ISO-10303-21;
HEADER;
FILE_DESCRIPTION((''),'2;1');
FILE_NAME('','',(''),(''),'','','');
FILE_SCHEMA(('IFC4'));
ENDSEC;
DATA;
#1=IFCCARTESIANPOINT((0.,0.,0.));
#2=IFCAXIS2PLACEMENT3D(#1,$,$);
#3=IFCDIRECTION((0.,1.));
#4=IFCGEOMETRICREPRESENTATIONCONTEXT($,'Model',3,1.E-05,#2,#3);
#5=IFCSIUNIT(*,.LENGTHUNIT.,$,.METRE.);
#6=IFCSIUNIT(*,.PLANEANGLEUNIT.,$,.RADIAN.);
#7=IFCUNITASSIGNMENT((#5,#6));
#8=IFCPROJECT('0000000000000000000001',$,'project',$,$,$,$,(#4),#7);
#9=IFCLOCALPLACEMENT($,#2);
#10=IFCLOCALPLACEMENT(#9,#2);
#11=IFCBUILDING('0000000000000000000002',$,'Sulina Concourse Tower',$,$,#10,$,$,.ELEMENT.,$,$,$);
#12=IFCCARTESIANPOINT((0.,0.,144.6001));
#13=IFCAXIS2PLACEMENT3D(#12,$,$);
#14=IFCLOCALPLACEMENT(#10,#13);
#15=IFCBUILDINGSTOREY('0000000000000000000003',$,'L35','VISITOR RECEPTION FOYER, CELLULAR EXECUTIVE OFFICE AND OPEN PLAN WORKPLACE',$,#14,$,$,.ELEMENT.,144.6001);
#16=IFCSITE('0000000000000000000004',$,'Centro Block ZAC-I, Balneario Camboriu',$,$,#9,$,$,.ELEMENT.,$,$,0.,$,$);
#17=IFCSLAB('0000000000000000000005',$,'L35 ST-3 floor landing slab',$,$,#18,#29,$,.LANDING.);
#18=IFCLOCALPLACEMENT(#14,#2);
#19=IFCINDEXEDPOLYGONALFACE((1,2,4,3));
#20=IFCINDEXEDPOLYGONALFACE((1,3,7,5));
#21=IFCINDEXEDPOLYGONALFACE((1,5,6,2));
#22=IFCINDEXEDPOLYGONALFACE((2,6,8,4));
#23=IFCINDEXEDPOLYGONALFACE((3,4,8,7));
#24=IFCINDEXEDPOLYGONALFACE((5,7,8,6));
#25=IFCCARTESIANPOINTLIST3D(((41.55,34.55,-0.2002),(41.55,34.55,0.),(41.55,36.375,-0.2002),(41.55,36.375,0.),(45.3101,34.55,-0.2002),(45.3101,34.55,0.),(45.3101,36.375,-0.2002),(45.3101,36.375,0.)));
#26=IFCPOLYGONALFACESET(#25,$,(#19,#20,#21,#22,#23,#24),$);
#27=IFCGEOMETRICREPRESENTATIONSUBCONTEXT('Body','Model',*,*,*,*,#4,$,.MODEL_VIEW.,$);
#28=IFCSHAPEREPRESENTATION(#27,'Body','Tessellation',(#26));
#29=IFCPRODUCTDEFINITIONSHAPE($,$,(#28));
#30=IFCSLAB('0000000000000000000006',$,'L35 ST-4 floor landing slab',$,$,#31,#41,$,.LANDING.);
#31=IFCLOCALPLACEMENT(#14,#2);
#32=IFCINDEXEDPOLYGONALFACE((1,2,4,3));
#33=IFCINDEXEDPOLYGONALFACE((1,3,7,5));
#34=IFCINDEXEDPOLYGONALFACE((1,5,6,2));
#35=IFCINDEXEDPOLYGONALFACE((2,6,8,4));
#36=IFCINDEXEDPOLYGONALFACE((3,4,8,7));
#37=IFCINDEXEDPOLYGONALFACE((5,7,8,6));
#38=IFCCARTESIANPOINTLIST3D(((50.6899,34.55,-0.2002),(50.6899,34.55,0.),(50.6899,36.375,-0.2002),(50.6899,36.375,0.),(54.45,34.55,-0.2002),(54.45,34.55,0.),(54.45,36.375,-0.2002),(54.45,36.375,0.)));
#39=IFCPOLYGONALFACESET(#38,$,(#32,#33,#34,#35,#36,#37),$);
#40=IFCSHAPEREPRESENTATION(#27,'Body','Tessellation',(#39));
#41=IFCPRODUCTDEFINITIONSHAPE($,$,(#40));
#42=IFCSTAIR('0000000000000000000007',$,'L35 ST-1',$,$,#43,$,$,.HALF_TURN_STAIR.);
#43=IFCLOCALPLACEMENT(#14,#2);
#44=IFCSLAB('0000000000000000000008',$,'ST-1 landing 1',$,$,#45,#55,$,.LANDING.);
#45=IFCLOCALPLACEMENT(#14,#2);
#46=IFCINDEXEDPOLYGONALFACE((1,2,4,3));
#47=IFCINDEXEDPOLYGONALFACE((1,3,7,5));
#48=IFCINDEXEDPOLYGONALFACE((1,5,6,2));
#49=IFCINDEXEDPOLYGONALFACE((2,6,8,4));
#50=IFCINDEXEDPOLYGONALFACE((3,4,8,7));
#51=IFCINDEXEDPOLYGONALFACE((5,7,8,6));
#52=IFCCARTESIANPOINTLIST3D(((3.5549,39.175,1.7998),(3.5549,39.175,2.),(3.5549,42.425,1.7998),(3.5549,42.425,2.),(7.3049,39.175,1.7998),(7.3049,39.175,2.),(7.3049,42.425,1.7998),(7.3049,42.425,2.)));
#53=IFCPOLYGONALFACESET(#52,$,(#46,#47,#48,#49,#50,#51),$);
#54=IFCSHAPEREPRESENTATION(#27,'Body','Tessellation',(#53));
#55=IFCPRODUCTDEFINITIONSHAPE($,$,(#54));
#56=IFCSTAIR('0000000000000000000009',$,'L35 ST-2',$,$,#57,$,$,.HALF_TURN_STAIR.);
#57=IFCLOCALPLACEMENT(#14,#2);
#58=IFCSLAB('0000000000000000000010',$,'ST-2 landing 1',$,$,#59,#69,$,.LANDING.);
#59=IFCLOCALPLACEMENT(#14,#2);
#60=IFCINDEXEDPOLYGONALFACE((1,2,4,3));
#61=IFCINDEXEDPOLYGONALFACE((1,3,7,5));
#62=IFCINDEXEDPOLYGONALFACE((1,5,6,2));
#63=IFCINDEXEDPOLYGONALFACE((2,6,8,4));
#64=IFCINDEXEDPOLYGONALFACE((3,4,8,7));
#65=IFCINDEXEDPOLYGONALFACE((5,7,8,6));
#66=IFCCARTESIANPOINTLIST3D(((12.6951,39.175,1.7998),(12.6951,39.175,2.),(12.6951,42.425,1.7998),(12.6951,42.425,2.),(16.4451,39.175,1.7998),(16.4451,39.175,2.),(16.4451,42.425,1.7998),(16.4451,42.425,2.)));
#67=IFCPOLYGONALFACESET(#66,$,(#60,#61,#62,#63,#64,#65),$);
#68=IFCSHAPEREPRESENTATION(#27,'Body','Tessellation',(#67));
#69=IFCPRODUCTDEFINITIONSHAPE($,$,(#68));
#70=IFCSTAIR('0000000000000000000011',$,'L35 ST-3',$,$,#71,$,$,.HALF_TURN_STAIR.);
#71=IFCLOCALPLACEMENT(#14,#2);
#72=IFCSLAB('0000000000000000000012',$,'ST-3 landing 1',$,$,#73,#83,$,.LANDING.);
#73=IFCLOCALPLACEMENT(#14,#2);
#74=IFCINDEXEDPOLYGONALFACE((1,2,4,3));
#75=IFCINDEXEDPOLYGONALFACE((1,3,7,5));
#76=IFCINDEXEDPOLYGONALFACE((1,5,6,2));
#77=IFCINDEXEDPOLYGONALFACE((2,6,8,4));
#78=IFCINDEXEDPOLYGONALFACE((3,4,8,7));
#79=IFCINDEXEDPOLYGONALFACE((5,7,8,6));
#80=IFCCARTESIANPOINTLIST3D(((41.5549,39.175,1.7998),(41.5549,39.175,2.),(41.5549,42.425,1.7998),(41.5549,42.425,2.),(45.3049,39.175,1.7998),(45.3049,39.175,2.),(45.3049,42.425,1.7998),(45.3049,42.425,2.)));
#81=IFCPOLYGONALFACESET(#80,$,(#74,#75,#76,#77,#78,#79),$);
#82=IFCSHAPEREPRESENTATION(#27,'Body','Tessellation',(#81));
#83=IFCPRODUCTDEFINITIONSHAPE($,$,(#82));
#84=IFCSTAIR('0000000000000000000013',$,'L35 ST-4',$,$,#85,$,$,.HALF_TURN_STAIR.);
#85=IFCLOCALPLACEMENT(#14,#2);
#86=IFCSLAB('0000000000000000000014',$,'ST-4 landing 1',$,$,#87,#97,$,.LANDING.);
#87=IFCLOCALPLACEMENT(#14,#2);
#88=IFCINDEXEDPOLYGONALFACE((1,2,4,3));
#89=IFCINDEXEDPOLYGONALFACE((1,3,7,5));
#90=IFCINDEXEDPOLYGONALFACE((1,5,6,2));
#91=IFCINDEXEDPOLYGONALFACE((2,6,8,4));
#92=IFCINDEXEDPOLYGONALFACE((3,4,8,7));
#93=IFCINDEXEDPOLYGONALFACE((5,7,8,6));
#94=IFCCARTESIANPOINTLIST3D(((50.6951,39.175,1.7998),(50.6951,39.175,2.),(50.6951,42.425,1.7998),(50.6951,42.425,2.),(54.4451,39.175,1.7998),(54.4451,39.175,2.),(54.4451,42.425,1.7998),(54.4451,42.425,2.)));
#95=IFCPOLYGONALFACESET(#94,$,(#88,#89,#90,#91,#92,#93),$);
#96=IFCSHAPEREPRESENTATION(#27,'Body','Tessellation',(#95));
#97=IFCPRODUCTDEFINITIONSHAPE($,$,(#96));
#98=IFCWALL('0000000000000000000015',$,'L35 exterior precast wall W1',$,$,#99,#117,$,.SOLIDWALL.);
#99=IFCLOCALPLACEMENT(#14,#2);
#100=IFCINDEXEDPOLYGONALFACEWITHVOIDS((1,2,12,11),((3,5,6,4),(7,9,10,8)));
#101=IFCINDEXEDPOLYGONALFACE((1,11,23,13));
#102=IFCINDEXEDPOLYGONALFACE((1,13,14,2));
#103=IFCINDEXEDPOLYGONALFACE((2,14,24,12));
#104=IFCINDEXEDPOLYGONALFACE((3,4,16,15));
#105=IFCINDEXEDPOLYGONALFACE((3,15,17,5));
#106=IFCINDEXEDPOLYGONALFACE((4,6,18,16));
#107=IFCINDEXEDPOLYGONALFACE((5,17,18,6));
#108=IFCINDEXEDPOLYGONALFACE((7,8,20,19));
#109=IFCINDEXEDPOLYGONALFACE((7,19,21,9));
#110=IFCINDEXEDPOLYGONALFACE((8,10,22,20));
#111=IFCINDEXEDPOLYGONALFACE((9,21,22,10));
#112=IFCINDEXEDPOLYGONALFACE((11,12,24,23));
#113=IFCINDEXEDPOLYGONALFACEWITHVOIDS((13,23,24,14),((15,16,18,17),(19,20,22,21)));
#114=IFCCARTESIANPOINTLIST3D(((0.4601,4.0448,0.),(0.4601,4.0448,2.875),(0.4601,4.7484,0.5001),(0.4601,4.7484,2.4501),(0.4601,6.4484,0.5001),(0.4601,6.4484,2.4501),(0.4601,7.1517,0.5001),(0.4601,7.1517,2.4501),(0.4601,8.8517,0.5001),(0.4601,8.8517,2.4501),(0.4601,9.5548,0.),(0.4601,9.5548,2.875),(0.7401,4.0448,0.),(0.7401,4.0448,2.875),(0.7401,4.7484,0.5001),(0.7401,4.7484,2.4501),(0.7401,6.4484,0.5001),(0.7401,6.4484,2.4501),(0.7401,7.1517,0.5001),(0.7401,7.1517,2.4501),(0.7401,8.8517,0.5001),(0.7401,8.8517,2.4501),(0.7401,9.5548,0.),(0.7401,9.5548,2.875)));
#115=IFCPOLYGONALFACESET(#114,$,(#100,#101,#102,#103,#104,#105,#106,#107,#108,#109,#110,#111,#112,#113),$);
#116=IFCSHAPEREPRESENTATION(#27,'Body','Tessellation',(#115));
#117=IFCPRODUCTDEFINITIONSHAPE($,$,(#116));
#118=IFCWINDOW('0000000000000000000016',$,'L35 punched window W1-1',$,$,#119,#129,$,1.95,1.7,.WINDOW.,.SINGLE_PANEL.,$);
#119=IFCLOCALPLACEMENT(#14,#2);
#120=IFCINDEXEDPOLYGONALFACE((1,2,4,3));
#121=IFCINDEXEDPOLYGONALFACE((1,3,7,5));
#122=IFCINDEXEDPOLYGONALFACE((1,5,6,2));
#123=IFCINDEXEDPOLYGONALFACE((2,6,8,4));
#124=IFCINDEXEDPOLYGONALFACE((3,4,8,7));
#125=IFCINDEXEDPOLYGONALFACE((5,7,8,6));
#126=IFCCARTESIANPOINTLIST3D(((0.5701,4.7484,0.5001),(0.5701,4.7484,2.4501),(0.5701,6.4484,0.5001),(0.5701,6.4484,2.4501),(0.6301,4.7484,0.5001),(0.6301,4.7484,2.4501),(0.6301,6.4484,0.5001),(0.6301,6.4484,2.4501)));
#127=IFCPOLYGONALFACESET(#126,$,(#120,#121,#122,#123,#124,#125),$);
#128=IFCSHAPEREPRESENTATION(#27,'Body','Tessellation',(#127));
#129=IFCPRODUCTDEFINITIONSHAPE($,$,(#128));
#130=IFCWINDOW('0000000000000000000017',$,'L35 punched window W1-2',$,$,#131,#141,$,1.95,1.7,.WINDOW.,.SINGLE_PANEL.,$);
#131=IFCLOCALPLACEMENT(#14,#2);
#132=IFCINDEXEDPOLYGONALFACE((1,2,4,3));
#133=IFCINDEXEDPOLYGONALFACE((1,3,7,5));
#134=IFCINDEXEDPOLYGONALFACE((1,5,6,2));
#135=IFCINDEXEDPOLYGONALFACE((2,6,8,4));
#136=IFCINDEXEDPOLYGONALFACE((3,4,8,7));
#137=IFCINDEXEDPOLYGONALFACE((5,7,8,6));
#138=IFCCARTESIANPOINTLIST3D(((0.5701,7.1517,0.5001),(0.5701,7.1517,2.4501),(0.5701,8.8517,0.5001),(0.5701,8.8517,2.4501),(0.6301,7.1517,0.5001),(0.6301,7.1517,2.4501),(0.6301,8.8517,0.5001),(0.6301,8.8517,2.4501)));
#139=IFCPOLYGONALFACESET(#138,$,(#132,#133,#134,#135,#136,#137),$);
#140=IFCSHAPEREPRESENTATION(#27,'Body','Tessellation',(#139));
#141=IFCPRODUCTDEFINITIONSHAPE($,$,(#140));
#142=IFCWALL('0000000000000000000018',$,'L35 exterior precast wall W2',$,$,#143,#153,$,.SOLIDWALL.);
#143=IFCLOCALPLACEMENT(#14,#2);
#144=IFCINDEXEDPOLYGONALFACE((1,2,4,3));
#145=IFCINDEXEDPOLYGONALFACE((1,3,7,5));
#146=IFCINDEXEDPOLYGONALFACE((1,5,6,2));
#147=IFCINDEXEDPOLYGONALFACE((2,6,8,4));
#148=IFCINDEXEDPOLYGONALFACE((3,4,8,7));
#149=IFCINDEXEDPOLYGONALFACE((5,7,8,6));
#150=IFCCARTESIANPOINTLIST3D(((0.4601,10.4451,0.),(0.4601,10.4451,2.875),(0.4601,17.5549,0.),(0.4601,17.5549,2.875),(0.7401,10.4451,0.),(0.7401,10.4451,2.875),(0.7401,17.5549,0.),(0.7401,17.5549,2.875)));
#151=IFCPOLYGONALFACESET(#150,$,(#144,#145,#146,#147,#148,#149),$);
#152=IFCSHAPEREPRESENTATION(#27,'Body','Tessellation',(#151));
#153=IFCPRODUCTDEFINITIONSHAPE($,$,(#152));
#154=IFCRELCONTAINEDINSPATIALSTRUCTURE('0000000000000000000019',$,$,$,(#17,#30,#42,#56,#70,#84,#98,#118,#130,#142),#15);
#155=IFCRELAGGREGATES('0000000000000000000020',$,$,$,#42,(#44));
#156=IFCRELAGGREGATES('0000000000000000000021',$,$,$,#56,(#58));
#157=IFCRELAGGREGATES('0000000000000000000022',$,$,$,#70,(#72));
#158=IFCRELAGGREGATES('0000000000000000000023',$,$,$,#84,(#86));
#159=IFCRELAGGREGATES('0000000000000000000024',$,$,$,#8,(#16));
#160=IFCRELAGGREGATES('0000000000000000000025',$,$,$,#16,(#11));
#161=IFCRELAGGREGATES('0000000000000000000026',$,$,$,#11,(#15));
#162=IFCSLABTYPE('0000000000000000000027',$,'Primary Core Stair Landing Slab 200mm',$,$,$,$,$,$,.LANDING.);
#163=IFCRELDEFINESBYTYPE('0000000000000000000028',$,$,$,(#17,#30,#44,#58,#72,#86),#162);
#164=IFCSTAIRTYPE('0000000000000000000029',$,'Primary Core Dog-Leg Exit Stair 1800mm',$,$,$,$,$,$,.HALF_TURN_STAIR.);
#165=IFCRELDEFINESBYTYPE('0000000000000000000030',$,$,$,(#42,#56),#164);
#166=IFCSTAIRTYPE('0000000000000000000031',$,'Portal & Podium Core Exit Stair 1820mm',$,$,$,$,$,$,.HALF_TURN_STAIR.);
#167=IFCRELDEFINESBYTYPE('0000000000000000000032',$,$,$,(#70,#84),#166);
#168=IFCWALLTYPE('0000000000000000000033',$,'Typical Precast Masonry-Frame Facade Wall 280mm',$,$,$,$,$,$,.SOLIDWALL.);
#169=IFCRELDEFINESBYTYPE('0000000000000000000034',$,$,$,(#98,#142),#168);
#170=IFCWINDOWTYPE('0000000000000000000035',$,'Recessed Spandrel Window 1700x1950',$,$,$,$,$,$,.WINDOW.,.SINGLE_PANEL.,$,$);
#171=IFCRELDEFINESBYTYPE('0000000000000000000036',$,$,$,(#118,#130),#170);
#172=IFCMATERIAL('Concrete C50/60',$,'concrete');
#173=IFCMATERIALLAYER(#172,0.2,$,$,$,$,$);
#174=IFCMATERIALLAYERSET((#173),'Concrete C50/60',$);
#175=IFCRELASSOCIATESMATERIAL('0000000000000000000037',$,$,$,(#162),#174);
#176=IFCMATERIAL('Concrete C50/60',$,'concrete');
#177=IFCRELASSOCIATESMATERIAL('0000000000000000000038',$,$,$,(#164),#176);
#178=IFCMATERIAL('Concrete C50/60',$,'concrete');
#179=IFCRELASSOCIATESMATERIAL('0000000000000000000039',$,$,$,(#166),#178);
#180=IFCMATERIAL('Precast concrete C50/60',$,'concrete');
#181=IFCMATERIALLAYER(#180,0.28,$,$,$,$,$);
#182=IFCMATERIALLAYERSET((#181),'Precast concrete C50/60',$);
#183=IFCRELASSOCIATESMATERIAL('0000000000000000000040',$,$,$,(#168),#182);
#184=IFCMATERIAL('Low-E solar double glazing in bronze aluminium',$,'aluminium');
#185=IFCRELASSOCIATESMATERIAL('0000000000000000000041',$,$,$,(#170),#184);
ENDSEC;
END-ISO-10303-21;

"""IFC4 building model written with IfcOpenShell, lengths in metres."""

from ifc_helpers import new_model, si_unit, direction, frame, frame_2d, origin, place, context, subcontext, project, spatial, polyline, rectangle, outline, extrude, material, layer, layer_set, type_object, element, fill, aggregate, save


model = new_model("IFC4")

# Units and contexts
model_context = context("Model", 3, precision=1e-05, world=origin(), true_north=direction((0.0, 1.0)))
body_context = subcontext(model_context, "Body", "Model", "MODEL_VIEW")
ifc_project = project(units=[si_unit("LENGTHUNIT", "METRE"), si_unit("PLANEANGLEUNIT", "RADIAN")], contexts=[model_context])

# Site, building, storey
site_placement = place(None, origin())
site = spatial("IfcSite", under=ifc_project, at=site_placement, Name="Centro Block ZAC-I, Balneario Camboriu", CompositionType="ELEMENT", RefElevation=0.0)
building_placement = place(site_placement, origin())
building = spatial("IfcBuilding", under=site, at=building_placement, Name="Sulina Concourse Tower", CompositionType="ELEMENT")
storey_placement = place(building_placement, frame((0.0, 0.0, 144.6001)))
storey = spatial("IfcBuildingStorey", under=building, at=storey_placement, Name="L35", Description="VISITOR RECEPTION FOYER, CELLULAR EXECUTIVE OFFICE AND OPEN PLAN WORKPLACE", CompositionType="ELEMENT", Elevation=144.6001)

# Slabs
ifc_material_1 = material(Name="Concrete C50/60", Category="concrete")
ifc_layer_1 = layer(ifc_material_1, 0.2)
ifc_layer_set_1 = layer_set([ifc_layer_1], Name="Concrete C50/60")
slab_type_1 = type_object("IfcSlabType", Name="Primary Core Stair Landing Slab 200mm", PredefinedType="LANDING", material=ifc_layer_set_1)
slab_1_placement = place(storey_placement, frame((0.0, 0.0, -0.2002)))
element("IfcSlab", 1, at=slab_1_placement, inside=storey, type_object=slab_type_1, Name="L35 ST-3 floor landing slab", PredefinedType="LANDING", context=body_context, shape_type="SweptSolid", body=[
    extrude(outline(polyline([(45.3101, 34.55), (45.3101, 36.375), (41.55, 36.375), (41.55, 34.55), (45.3101, 34.55)])), origin(), (0.0, 0.0, 1.0), 0.2002),
])
slab_2_placement = place(storey_placement, frame((0.0, 0.0, -0.2002)))
element("IfcSlab", 2, at=slab_2_placement, inside=storey, type_object=slab_type_1, Name="L35 ST-4 floor landing slab", PredefinedType="LANDING", context=body_context, shape_type="SweptSolid", body=[
    extrude(outline(polyline([(54.45, 34.55), (54.45, 36.375), (50.6899, 36.375), (50.6899, 34.55), (54.45, 34.55)])), origin(), (0.0, 0.0, 1.0), 0.2002),
])

# Stairs, slabs
ifc_material_2 = material(Name="Concrete C50/60", Category="concrete")
stair_type_1 = type_object("IfcStairType", Name="Primary Core Dog-Leg Exit Stair 1800mm", PredefinedType="HALF_TURN_STAIR", material=ifc_material_2)
stair_1_placement = place(storey_placement, origin())
stair_1 = element("IfcStair", 3, at=stair_1_placement, inside=storey, type_object=stair_type_1, Name="L35 ST-1", PredefinedType="HALF_TURN_STAIR")
slab_3_placement = place(storey_placement, frame((0.0, 0.0, 1.7998)))
slab_3 = element("IfcSlab", 4, at=slab_3_placement, type_object=slab_type_1, Name="ST-1 landing 1", PredefinedType="LANDING", context=body_context, shape_type="SweptSolid", body=[
    extrude(outline(polyline([(7.3049, 39.175), (7.3049, 42.425), (3.5549, 42.425), (3.5549, 39.175), (7.3049, 39.175)])), origin(), (0.0, 0.0, 1.0), 0.2002),
])
aggregate(stair_1, [slab_3])
stair_2_placement = place(storey_placement, origin())
stair_2 = element("IfcStair", 5, at=stair_2_placement, inside=storey, type_object=stair_type_1, Name="L35 ST-2", PredefinedType="HALF_TURN_STAIR")
slab_4_placement = place(storey_placement, frame((0.0, 0.0, 1.7998)))
slab_4 = element("IfcSlab", 6, at=slab_4_placement, type_object=slab_type_1, Name="ST-2 landing 1", PredefinedType="LANDING", context=body_context, shape_type="SweptSolid", body=[
    extrude(outline(polyline([(16.4451, 39.175), (16.4451, 42.425), (12.6951, 42.425), (12.6951, 39.175), (16.4451, 39.175)])), origin(), (0.0, 0.0, 1.0), 0.2002),
])
aggregate(stair_2, [slab_4])
ifc_material_3 = material(Name="Concrete C50/60", Category="concrete")
stair_type_2 = type_object("IfcStairType", Name="Portal & Podium Core Exit Stair 1820mm", PredefinedType="HALF_TURN_STAIR", material=ifc_material_3)
stair_3_placement = place(storey_placement, origin())
stair_3 = element("IfcStair", 7, at=stair_3_placement, inside=storey, type_object=stair_type_2, Name="L35 ST-3", PredefinedType="HALF_TURN_STAIR")
slab_5_placement = place(storey_placement, frame((0.0, 0.0, 1.7998)))
slab_5 = element("IfcSlab", 8, at=slab_5_placement, type_object=slab_type_1, Name="ST-3 landing 1", PredefinedType="LANDING", context=body_context, shape_type="SweptSolid", body=[
    extrude(outline(polyline([(45.3049, 39.175), (45.3049, 42.425), (41.5549, 42.425), (41.5549, 39.175), (45.3049, 39.175)])), origin(), (0.0, 0.0, 1.0), 0.2002),
])
aggregate(stair_3, [slab_5])
stair_4_placement = place(storey_placement, origin())
stair_4 = element("IfcStair", 9, at=stair_4_placement, inside=storey, type_object=stair_type_2, Name="L35 ST-4", PredefinedType="HALF_TURN_STAIR")
slab_6_placement = place(storey_placement, frame((0.0, 0.0, 1.7998)))
slab_6 = element("IfcSlab", 10, at=slab_6_placement, type_object=slab_type_1, Name="ST-4 landing 1", PredefinedType="LANDING", context=body_context, shape_type="SweptSolid", body=[
    extrude(outline(polyline([(54.4451, 39.175), (54.4451, 42.425), (50.6951, 42.425), (50.6951, 39.175), (54.4451, 39.175)])), origin(), (0.0, 0.0, 1.0), 0.2002),
])
aggregate(stair_4, [slab_6])

# Wall, openings, windows
ifc_material_4 = material(Name="Precast concrete C50/60", Category="concrete")
ifc_layer_2 = layer(ifc_material_4, 0.28)
ifc_layer_set_2 = layer_set([ifc_layer_2], Name="Precast concrete C50/60")
wall_type = type_object("IfcWallType", Name="Typical Precast Masonry-Frame Facade Wall 280mm", PredefinedType="SOLIDWALL", material=ifc_layer_set_2)
wall_1_placement = place(storey_placement, frame((0.6001, 4.0449, 0.0), z_axis=(0.0, 0.0, 1.0), x_axis=(0.0, 1.0, 0.0)))
wall_1 = element("IfcWall", 11, at=wall_1_placement, inside=storey, type_object=wall_type, Name="L35 exterior precast wall W1", PredefinedType="SOLIDWALL", context=body_context, shape_type="SweptSolid", body=[
    extrude(rectangle(XDim=5.51, YDim=0.28, at=frame_2d((2.7549, 0.0))), origin(), (0.0, 0.0, 1.0), 2.875),
])
opening_1_placement = place(wall_1_placement, frame((0.7034, 0.0, 0.5)))
opening_1 = element("IfcOpeningElement", 12, at=opening_1_placement, cuts=wall_1, PredefinedType="OPENING", context=body_context, shape_type="SweptSolid", body=[
    extrude(rectangle(XDim=1.7, YDim=1.95, at=frame_2d((0.8501, 0.9751))), frame((0.0, 0.1499, 0.0), z_axis=(0.0, -1.0, 0.0), x_axis=(1.0, 0.0, 0.0)), (0.0, 0.0, 1.0), 0.3),
])
opening_2_placement = place(wall_1_placement, frame((3.1067, 0.0, 0.5)))
opening_2 = element("IfcOpeningElement", 13, at=opening_2_placement, cuts=wall_1, PredefinedType="OPENING", context=body_context, shape_type="SweptSolid", body=[
    extrude(rectangle(XDim=1.7, YDim=1.95, at=frame_2d((0.8501, 0.9751))), frame((0.0, 0.1499, 0.0), z_axis=(0.0, -1.0, 0.0), x_axis=(1.0, 0.0, 0.0)), (0.0, 0.0, 1.0), 0.3),
])
ifc_material_5 = material(Name="Low-E solar double glazing in bronze aluminium", Category="aluminium")
window_type = type_object("IfcWindowType", Name="Recessed Spandrel Window 1700x1950", PartitioningType="SINGLE_PANEL", PredefinedType="WINDOW", material=ifc_material_5)
window_1_placement = place(opening_1_placement, origin())
window_1 = element("IfcWindow", 14, at=window_1_placement, inside=storey, type_object=window_type, Name="L35 punched window W1-1", OverallHeight=1.95, OverallWidth=1.7, PartitioningType="SINGLE_PANEL", PredefinedType="WINDOW", context=body_context, shape_type="SweptSolid", body=[
    extrude(rectangle(XDim=1.7, YDim=1.95, at=frame_2d((0.8501, 0.9751))), frame((0.0, 0.03, 0.0), z_axis=(0.0, -1.0, 0.0), x_axis=(1.0, 0.0, 0.0)), (0.0, 0.0, 1.0), 0.0601),
])
fill(opening_1, window_1)
window_2_placement = place(opening_2_placement, origin())
window_2 = element("IfcWindow", 15, at=window_2_placement, inside=storey, type_object=window_type, Name="L35 punched window W1-2", OverallHeight=1.95, OverallWidth=1.7, PartitioningType="SINGLE_PANEL", PredefinedType="WINDOW", context=body_context, shape_type="SweptSolid", body=[
    extrude(rectangle(XDim=1.7, YDim=1.95, at=frame_2d((0.8501, 0.9751))), frame((0.0, 0.03, 0.0), z_axis=(0.0, -1.0, 0.0), x_axis=(1.0, 0.0, 0.0)), (0.0, 0.0, 1.0), 0.0601),
])
fill(opening_2, window_2)

# Wall
wall_2_placement = place(storey_placement, frame((0.6001, 10.4451, 0.0), z_axis=(0.0, 0.0, 1.0), x_axis=(0.0, 1.0, 0.0)))
element("IfcWall", 16, at=wall_2_placement, inside=storey, type_object=wall_type, Name="L35 exterior precast wall W2", PredefinedType="SOLIDWALL", context=body_context, shape_type="SweptSolid", body=[
    extrude(rectangle(XDim=7.1099, YDim=0.28, at=frame_2d((3.5549, 0.0))), origin(), (0.0, 0.0, 1.0), 2.875),
])

save(model, "model.ifc")
